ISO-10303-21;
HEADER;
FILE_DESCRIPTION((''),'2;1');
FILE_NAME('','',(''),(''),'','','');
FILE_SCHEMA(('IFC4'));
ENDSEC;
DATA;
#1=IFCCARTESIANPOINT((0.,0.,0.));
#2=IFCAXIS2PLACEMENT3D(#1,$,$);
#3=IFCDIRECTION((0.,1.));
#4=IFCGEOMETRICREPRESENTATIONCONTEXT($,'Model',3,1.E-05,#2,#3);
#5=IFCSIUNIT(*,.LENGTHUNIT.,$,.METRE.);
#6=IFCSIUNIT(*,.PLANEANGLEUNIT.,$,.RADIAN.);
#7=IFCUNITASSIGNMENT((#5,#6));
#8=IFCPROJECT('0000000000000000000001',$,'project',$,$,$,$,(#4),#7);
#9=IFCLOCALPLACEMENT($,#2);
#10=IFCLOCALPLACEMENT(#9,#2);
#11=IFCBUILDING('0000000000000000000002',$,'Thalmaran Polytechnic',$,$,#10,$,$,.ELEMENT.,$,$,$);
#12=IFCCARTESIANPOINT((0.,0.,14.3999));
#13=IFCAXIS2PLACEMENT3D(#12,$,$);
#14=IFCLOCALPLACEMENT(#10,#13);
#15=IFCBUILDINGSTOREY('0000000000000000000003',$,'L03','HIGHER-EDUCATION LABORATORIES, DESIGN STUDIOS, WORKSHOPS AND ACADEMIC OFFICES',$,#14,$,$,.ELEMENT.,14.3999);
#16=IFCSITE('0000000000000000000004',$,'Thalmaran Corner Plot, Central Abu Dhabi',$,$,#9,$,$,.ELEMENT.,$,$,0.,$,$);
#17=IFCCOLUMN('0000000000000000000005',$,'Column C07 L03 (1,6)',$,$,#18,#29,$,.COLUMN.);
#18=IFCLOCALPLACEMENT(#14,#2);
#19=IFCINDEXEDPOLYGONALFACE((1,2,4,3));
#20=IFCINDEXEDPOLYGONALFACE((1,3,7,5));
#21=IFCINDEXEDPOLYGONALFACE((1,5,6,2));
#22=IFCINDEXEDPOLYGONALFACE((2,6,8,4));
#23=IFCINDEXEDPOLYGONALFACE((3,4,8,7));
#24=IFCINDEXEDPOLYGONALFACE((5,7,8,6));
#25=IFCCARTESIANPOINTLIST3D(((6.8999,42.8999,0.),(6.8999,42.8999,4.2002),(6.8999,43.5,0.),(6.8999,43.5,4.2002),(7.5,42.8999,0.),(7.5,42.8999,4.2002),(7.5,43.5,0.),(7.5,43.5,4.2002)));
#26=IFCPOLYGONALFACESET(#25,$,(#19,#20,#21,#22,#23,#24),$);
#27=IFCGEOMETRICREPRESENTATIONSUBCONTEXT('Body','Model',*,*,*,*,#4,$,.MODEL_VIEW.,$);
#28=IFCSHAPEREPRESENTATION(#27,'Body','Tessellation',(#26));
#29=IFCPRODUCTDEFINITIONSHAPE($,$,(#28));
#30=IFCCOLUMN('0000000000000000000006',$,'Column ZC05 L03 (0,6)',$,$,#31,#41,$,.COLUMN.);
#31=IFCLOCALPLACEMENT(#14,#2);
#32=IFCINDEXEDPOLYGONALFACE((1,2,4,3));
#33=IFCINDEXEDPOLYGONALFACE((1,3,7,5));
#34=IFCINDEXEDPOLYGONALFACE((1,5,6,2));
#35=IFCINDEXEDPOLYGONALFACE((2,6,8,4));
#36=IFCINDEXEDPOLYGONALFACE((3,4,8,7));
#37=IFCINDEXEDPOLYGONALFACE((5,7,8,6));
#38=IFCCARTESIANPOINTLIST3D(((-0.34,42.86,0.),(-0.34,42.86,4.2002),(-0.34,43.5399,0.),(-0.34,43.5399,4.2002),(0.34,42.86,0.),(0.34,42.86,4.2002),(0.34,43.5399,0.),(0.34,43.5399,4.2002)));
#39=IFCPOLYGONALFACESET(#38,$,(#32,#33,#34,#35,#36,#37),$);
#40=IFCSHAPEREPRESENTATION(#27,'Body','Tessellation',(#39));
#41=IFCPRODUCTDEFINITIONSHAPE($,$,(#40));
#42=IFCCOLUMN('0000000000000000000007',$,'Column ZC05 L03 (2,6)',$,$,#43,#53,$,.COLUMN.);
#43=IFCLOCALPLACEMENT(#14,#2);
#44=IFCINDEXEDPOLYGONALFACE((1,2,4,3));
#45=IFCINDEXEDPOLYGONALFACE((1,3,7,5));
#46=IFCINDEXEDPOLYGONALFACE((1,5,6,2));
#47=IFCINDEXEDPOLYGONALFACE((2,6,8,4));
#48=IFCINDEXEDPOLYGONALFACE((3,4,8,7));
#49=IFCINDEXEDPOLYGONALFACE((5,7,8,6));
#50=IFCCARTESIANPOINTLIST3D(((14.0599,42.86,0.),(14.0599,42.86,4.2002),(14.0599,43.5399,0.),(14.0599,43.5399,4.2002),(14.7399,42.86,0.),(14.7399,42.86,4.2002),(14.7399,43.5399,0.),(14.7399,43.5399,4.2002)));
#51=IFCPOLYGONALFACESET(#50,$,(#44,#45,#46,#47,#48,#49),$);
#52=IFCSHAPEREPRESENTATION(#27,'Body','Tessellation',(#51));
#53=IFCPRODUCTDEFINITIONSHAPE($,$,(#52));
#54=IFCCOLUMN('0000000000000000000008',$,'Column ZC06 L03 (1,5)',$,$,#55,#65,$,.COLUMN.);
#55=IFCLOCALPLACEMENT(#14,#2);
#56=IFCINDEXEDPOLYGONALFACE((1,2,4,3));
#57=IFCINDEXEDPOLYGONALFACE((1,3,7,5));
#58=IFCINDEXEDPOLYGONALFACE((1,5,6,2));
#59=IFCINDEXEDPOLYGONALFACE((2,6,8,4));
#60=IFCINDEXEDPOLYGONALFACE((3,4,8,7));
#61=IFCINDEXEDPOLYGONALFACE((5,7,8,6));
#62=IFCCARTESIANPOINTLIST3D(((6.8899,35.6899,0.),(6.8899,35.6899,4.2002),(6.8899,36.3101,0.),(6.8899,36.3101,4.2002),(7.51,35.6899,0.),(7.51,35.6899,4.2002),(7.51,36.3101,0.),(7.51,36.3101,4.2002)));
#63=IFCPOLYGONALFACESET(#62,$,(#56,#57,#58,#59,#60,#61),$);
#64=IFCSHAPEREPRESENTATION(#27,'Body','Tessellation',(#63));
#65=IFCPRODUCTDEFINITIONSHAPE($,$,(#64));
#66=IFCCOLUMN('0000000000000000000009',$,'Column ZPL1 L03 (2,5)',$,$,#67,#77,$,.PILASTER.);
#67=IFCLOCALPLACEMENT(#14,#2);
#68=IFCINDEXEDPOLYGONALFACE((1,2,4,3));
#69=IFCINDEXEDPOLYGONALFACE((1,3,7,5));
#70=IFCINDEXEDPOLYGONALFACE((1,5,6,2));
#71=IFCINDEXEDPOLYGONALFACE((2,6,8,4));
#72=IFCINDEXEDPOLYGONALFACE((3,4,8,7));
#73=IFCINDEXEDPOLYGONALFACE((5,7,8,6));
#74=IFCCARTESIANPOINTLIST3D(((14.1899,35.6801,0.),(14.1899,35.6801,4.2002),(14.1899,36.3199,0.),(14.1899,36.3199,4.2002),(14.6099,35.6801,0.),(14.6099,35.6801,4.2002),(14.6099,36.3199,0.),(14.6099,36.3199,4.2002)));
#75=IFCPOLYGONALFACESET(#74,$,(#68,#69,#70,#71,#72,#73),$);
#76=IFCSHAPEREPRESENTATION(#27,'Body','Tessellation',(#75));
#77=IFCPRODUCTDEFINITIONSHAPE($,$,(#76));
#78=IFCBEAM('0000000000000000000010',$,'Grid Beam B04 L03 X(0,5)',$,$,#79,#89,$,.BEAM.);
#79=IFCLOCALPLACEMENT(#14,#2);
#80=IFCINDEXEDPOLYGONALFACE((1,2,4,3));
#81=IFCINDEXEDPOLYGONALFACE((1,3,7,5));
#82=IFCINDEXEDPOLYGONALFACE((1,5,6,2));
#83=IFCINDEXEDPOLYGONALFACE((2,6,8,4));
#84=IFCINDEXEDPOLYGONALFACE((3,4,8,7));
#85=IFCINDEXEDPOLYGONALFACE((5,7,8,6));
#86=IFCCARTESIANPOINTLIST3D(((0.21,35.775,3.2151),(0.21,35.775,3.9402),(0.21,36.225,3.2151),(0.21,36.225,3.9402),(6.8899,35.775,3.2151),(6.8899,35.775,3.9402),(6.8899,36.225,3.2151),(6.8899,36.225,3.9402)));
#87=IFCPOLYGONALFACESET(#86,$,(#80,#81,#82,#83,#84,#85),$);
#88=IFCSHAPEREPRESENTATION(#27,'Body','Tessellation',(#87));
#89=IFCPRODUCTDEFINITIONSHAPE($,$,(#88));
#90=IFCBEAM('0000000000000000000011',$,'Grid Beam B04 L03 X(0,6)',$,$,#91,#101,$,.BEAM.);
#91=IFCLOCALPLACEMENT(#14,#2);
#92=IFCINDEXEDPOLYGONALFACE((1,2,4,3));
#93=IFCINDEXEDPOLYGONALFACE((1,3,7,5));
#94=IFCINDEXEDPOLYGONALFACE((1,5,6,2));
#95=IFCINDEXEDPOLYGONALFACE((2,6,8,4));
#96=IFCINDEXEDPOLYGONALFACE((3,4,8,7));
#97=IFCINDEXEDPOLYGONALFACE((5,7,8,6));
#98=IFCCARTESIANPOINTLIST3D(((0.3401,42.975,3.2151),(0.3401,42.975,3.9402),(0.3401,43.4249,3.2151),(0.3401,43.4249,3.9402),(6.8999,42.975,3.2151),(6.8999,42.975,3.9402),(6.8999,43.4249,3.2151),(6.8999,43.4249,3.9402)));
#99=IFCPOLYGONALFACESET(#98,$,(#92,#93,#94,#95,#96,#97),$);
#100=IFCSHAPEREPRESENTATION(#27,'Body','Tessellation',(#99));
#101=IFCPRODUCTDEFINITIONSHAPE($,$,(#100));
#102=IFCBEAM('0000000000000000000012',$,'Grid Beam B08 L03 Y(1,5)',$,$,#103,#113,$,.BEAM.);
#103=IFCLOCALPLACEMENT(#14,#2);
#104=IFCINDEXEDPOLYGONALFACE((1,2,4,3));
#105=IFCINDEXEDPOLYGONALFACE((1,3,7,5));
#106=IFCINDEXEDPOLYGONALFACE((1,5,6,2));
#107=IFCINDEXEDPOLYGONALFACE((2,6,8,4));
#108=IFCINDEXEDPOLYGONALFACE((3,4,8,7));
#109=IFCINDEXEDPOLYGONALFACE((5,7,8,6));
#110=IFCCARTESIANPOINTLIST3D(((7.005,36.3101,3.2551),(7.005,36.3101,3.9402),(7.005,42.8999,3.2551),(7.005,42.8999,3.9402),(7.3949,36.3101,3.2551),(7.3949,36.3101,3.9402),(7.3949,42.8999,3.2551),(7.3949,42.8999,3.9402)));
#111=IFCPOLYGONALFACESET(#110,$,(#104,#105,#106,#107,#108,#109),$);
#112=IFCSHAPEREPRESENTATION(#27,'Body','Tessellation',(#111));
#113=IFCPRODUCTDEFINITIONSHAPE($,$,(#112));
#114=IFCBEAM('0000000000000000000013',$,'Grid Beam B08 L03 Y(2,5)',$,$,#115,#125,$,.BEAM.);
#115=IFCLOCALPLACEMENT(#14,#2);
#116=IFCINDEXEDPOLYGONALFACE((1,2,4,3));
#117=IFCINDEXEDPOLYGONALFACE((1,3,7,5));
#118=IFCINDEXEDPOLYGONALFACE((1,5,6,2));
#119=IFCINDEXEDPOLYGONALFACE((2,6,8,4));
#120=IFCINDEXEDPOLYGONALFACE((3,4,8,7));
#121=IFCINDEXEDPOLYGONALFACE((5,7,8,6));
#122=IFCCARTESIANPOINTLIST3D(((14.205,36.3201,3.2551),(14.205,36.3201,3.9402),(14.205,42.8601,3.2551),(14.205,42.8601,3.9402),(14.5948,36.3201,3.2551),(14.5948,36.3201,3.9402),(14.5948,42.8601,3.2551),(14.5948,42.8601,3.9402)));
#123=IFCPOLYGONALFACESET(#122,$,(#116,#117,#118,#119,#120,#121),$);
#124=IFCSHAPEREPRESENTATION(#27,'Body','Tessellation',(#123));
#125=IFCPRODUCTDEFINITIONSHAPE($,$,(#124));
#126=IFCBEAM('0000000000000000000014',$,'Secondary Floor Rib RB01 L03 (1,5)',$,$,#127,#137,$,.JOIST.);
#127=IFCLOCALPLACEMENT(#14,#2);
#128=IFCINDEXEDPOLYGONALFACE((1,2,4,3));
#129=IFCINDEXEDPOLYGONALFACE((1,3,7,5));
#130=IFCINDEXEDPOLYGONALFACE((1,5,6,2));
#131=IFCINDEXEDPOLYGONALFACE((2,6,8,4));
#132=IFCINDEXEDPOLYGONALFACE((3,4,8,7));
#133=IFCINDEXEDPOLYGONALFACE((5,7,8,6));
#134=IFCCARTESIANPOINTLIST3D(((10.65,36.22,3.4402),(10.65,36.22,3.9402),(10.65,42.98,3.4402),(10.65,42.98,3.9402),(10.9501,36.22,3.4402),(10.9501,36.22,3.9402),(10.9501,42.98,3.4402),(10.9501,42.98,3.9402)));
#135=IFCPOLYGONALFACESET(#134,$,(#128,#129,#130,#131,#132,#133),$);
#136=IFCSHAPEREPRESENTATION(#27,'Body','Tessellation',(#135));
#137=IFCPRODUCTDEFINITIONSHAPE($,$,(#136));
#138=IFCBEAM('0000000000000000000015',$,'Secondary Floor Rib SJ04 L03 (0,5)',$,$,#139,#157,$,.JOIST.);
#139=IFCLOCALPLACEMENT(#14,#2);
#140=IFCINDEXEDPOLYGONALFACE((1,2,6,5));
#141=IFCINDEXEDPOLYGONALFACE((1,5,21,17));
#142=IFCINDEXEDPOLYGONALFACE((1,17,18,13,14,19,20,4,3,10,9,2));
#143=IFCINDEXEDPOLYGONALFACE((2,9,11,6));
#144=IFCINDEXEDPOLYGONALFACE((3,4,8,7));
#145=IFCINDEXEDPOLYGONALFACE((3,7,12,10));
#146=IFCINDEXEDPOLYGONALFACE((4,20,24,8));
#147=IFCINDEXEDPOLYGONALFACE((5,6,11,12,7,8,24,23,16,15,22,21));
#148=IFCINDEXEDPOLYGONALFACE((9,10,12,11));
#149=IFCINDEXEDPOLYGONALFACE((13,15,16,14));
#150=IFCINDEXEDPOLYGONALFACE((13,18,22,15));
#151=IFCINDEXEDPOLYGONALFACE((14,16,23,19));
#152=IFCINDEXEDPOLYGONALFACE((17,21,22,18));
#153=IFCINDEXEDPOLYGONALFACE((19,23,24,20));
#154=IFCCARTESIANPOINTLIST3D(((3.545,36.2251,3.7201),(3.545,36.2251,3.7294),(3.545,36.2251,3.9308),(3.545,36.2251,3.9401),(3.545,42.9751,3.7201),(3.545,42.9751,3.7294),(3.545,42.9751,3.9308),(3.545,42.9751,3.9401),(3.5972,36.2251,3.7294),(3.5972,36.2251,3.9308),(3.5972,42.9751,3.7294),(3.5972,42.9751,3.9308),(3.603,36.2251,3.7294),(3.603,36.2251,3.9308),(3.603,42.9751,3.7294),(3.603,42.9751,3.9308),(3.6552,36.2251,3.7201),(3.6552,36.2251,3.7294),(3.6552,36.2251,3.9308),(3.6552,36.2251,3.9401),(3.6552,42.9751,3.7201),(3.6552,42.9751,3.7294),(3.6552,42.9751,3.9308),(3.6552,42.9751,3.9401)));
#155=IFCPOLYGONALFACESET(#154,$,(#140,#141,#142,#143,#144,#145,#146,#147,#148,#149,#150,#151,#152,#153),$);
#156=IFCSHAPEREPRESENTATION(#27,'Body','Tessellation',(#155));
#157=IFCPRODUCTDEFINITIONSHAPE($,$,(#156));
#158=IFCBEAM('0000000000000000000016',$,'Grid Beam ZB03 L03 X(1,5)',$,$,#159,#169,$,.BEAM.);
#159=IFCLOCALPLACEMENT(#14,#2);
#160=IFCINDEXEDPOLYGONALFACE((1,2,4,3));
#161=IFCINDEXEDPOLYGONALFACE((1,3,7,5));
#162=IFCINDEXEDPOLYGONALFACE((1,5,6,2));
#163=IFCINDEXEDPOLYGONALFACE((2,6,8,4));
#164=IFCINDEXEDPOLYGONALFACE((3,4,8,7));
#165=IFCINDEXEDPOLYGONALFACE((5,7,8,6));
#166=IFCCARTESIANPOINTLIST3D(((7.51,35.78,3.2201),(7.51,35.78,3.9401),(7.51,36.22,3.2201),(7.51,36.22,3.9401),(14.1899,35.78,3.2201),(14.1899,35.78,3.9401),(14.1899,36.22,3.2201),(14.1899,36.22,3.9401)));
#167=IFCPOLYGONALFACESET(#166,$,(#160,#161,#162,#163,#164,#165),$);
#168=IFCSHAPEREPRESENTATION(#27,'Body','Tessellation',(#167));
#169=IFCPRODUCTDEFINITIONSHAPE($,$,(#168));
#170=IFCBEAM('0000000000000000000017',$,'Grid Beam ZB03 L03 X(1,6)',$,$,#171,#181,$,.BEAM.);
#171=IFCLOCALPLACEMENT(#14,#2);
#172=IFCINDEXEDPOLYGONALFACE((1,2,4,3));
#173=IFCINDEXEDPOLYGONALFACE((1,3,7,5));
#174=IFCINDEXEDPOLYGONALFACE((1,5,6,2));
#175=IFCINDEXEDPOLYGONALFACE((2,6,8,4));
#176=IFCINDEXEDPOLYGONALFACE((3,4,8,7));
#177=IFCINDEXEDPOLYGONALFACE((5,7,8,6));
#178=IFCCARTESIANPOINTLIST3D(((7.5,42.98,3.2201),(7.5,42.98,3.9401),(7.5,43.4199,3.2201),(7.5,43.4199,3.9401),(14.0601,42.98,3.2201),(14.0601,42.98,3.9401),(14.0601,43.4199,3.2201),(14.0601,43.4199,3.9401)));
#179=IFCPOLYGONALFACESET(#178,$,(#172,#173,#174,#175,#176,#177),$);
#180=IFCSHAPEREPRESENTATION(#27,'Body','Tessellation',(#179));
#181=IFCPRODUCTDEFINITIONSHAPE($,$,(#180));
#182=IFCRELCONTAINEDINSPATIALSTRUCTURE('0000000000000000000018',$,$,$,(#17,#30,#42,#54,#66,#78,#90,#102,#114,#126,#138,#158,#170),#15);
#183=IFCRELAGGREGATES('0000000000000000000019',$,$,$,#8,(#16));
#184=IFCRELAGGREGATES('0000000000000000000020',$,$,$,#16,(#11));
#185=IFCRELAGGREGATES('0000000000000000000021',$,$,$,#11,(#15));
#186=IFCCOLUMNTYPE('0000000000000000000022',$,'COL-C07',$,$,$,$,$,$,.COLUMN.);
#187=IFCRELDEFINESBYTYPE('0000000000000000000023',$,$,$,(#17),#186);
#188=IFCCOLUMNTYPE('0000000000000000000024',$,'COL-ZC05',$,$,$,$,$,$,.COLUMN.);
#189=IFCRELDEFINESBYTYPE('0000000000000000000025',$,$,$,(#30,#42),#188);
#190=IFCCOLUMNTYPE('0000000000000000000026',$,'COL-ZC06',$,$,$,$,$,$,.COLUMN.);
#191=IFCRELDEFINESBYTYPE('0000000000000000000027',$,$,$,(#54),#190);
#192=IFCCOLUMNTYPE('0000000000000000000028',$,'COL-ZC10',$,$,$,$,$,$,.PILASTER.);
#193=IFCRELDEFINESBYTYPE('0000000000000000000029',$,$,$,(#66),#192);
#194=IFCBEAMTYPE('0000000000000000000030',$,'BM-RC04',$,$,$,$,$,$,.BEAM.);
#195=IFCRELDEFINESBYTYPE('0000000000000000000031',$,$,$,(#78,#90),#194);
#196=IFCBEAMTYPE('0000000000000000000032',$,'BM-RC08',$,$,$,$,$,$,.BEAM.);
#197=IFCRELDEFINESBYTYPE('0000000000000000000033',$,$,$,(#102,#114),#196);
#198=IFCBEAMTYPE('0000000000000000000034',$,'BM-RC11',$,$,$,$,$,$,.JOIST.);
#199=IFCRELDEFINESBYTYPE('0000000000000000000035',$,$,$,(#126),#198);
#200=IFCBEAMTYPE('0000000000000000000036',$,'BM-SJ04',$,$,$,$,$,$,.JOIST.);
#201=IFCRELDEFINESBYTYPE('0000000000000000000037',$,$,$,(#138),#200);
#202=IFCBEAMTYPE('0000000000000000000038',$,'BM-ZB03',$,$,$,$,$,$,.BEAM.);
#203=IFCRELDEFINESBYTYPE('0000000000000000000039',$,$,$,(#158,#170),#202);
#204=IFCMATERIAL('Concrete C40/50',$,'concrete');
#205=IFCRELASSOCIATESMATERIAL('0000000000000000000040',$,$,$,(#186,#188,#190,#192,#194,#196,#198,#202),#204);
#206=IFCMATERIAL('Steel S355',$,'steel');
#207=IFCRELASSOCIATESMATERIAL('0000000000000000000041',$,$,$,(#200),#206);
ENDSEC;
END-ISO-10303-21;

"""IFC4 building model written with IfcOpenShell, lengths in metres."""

from ifc_helpers import new_model, si_unit, direction, frame, origin, origin_2d, place, context, subcontext, project, spatial, rectangle, i_section, extrude, material, material_profile, profile_set, type_object, element, save


model = new_model("IFC4")

# Units and contexts
model_context = context("Model", 3, precision=1e-05, world=origin(), true_north=direction((0.0, 1.0)))
body_context = subcontext(model_context, "Body", "Model", "MODEL_VIEW")
ifc_project = project(units=[si_unit("LENGTHUNIT", "METRE"), si_unit("PLANEANGLEUNIT", "RADIAN")], contexts=[model_context])

# Site, building, storey
site_placement = place(None, origin())
site = spatial("IfcSite", under=ifc_project, at=site_placement, Name="Thalmaran Corner Plot, Central Abu Dhabi", CompositionType="ELEMENT", RefElevation=0.0)
building_placement = place(site_placement, origin())
building = spatial("IfcBuilding", under=site, at=building_placement, Name="Thalmaran Polytechnic", CompositionType="ELEMENT")
storey_placement = place(building_placement, frame((0.0, 0.0, 14.3999)))
storey = spatial("IfcBuildingStorey", under=building, at=storey_placement, Name="L03", Description="HIGHER-EDUCATION LABORATORIES, DESIGN STUDIOS, WORKSHOPS AND ACADEMIC OFFICES", CompositionType="ELEMENT", Elevation=14.3999)

# Columns
ifc_material_1 = material(Name="Concrete C40/50", Category="concrete")
ifc_material_profile_1 = material_profile(ifc_material_1, rectangle(XDim=0.6001, YDim=0.6001, at=origin_2d()), Name="RC 600x600")
ifc_profile_set_1 = profile_set([ifc_material_profile_1], Name="Concrete C40/50")
column_type_1 = type_object("IfcColumnType", Name="COL-C07", PredefinedType="COLUMN", material=ifc_profile_set_1)
column_1_placement = place(storey_placement, frame((7.2, 43.2, 0.0), z_axis=(0.0, 0.0, 1.0), x_axis=(1.0, 0.0, 0.0)))
element("IfcColumn", 1, at=column_1_placement, inside=storey, type_object=column_type_1, Name="Column C07 L03 (1,6)", PredefinedType="COLUMN", context=body_context, shape_type="SweptSolid", body=[
    extrude(rectangle(XDim=0.6001, YDim=0.6001, at=origin_2d()), origin(), (0.0, 0.0, 1.0), 4.2002),
])
ifc_material_profile_2 = material_profile(ifc_material_1, rectangle(XDim=0.6799, YDim=0.6799, at=origin_2d()), Name="RC 680x680")
ifc_profile_set_2 = profile_set([ifc_material_profile_2], Name="Concrete C40/50")
column_type_2 = type_object("IfcColumnType", Name="COL-ZC05", PredefinedType="COLUMN", material=ifc_profile_set_2)
for number, where, z_axis, x_axis, name in (
    (2, (0.0, 43.2, 0.0), (0.0, 0.0, 1.0), (1.0, 0.0, 0.0), "Column ZC05 L03 (0,6)"),
    (3, (14.3999, 43.2, 0.0), (0.0, 0.0, 1.0), (1.0, 0.0, 0.0), "Column ZC05 L03 (2,6)"),
):
    element("IfcColumn", number, at=place(storey_placement, frame(where, z_axis=z_axis, x_axis=x_axis)), inside=storey, type_object=column_type_2, Name=name, PredefinedType="COLUMN", context=body_context, shape_type="SweptSolid", body=[
        extrude(rectangle(XDim=0.6799, YDim=0.6799, at=origin_2d()), origin(), (0.0, 0.0, 1.0), 4.2002),
    ])
ifc_material_profile_3 = material_profile(ifc_material_1, rectangle(XDim=0.6201, YDim=0.6201, at=origin_2d()), Name="RC 620x620")
ifc_profile_set_3 = profile_set([ifc_material_profile_3], Name="Concrete C40/50")
column_type_3 = type_object("IfcColumnType", Name="COL-ZC06", PredefinedType="COLUMN", material=ifc_profile_set_3)
column_2_placement = place(storey_placement, frame((7.2, 36.0, 0.0), z_axis=(0.0, 0.0, 1.0), x_axis=(1.0, 0.0, 0.0)))
element("IfcColumn", 4, at=column_2_placement, inside=storey, type_object=column_type_3, Name="Column ZC06 L03 (1,5)", PredefinedType="COLUMN", context=body_context, shape_type="SweptSolid", body=[
    extrude(rectangle(XDim=0.6201, YDim=0.6201, at=origin_2d()), origin(), (0.0, 0.0, 1.0), 4.2002),
])
ifc_material_profile_4 = material_profile(ifc_material_1, rectangle(XDim=0.4199, YDim=0.6399, at=origin_2d()), Name="RC 420x640")
ifc_profile_set_4 = profile_set([ifc_material_profile_4], Name="Concrete C40/50")
column_type_4 = type_object("IfcColumnType", Name="COL-ZC10", PredefinedType="PILASTER", material=ifc_profile_set_4)
column_3_placement = place(storey_placement, frame((14.3999, 36.0, 0.0), z_axis=(0.0, 0.0, 1.0), x_axis=(1.0, 0.0, 0.0)))
element("IfcColumn", 5, at=column_3_placement, inside=storey, type_object=column_type_4, Name="Column ZPL1 L03 (2,5)", PredefinedType="PILASTER", context=body_context, shape_type="SweptSolid", body=[
    extrude(rectangle(XDim=0.4199, YDim=0.6399, at=origin_2d()), origin(), (0.0, 0.0, 1.0), 4.2002),
])

# Beams
ifc_material_profile_5 = material_profile(ifc_material_1, rectangle(XDim=0.45, YDim=0.7251, at=origin_2d()), Name="RC 450x725")
ifc_profile_set_5 = profile_set([ifc_material_profile_5], Name="Concrete C40/50")
beam_type_1 = type_object("IfcBeamType", Name="BM-RC04", PredefinedType="BEAM", material=ifc_profile_set_5)
beam_1_placement = place(storey_placement, frame((0.21, 36.0, 3.5776), z_axis=(1.0, 0.0, 0.0), x_axis=(0.0, 1.0, 0.0)))
element("IfcBeam", 6, at=beam_1_placement, inside=storey, type_object=beam_type_1, Name="Grid Beam B04 L03 X(0,5)", PredefinedType="BEAM", context=body_context, shape_type="SweptSolid", body=[
    extrude(rectangle(XDim=0.45, YDim=0.7251, at=origin_2d()), origin(), (0.0, 0.0, 1.0), 6.6799),
])
beam_2_placement = place(storey_placement, frame((0.3401, 43.2, 3.5776), z_axis=(1.0, 0.0, 0.0), x_axis=(0.0, 1.0, 0.0)))
element("IfcBeam", 7, at=beam_2_placement, inside=storey, type_object=beam_type_1, Name="Grid Beam B04 L03 X(0,6)", PredefinedType="BEAM", context=body_context, shape_type="SweptSolid", body=[
    extrude(rectangle(XDim=0.45, YDim=0.7251, at=origin_2d()), origin(), (0.0, 0.0, 1.0), 6.5598),
])
ifc_material_profile_6 = material_profile(ifc_material_1, rectangle(XDim=0.3899, YDim=0.6851, at=origin_2d()), Name="RC 390x685")
ifc_profile_set_6 = profile_set([ifc_material_profile_6], Name="Concrete C40/50")
beam_type_2 = type_object("IfcBeamType", Name="BM-RC08", PredefinedType="BEAM", material=ifc_profile_set_6)
beam_3_placement = place(storey_placement, frame((7.2, 36.3101, 3.5977), z_axis=(0.0, 1.0, 0.0), x_axis=(-1.0, 0.0, 0.0)))
element("IfcBeam", 8, at=beam_3_placement, inside=storey, type_object=beam_type_2, Name="Grid Beam B08 L03 Y(1,5)", PredefinedType="BEAM", context=body_context, shape_type="SweptSolid", body=[
    extrude(rectangle(XDim=0.3899, YDim=0.6851, at=origin_2d()), origin(), (0.0, 0.0, 1.0), 6.5898),
])
beam_4_placement = place(storey_placement, frame((14.3999, 36.3201, 3.5977), z_axis=(0.0, 1.0, 0.0), x_axis=(-1.0, 0.0, 0.0)))
element("IfcBeam", 9, at=beam_4_placement, inside=storey, type_object=beam_type_2, Name="Grid Beam B08 L03 Y(2,5)", PredefinedType="BEAM", context=body_context, shape_type="SweptSolid", body=[
    extrude(rectangle(XDim=0.3899, YDim=0.6851, at=origin_2d()), origin(), (0.0, 0.0, 1.0), 6.54),
])
ifc_material_profile_7 = material_profile(ifc_material_1, rectangle(XDim=0.3, YDim=0.5, at=origin_2d()), Name="RC 300x500")
ifc_profile_set_7 = profile_set([ifc_material_profile_7], Name="Concrete C40/50")
beam_type_3 = type_object("IfcBeamType", Name="BM-RC11", PredefinedType="JOIST", material=ifc_profile_set_7)
beam_5_placement = place(storey_placement, frame((10.8, 36.22, 3.6902), z_axis=(0.0, 1.0, 0.0), x_axis=(-1.0, 0.0, 0.0)))
element("IfcBeam", 10, at=beam_5_placement, inside=storey, type_object=beam_type_3, Name="Secondary Floor Rib RB01 L03 (1,5)", PredefinedType="JOIST", context=body_context, shape_type="SweptSolid", body=[
    extrude(rectangle(XDim=0.3, YDim=0.5, at=origin_2d()), origin(), (0.0, 0.0, 1.0), 6.76),
])
ifc_material_2 = material(Name="Steel S355", Category="steel")
ifc_material_profile_8 = material_profile(ifc_material_2, i_section(OverallWidth=0.1101, OverallDepth=0.22, WebThickness=0.0059, FlangeThickness=0.0093, at=origin_2d()), Name="IPE 220")
ifc_profile_set_8 = profile_set([ifc_material_profile_8], Name="Steel S355")
beam_type_4 = type_object("IfcBeamType", Name="BM-SJ04", PredefinedType="JOIST", material=ifc_profile_set_8)
beam_6_placement = place(storey_placement, frame((3.6001, 36.2251, 3.8301), z_axis=(0.0, 1.0, 0.0), x_axis=(-1.0, 0.0, 0.0)))
element("IfcBeam", 11, at=beam_6_placement, inside=storey, type_object=beam_type_4, Name="Secondary Floor Rib SJ04 L03 (0,5)", PredefinedType="JOIST", context=body_context, shape_type="SweptSolid", body=[
    extrude(i_section(OverallWidth=0.1101, OverallDepth=0.22, WebThickness=0.0059, FlangeThickness=0.0093, at=origin_2d()), origin(), (0.0, 0.0, 1.0), 6.75),
])
ifc_material_profile_9 = material_profile(ifc_material_1, rectangle(XDim=0.4399, YDim=0.72, at=origin_2d()), Name="RC 440x720")
ifc_profile_set_9 = profile_set([ifc_material_profile_9], Name="Concrete C40/50")
beam_type_5 = type_object("IfcBeamType", Name="BM-ZB03", PredefinedType="BEAM", material=ifc_profile_set_9)
beam_7_placement = place(storey_placement, frame((7.51, 36.0, 3.5801), z_axis=(1.0, 0.0, 0.0), x_axis=(0.0, 1.0, 0.0)))
element("IfcBeam", 12, at=beam_7_placement, inside=storey, type_object=beam_type_5, Name="Grid Beam ZB03 L03 X(1,5)", PredefinedType="BEAM", context=body_context, shape_type="SweptSolid", body=[
    extrude(rectangle(XDim=0.4399, YDim=0.72, at=origin_2d()), origin(), (0.0, 0.0, 1.0), 6.6799),
])
beam_8_placement = place(storey_placement, frame((7.5, 43.2, 3.5801), z_axis=(1.0, 0.0, 0.0), x_axis=(0.0, 1.0, 0.0)))
element("IfcBeam", 13, at=beam_8_placement, inside=storey, type_object=beam_type_5, Name="Grid Beam ZB03 L03 X(1,6)", PredefinedType="BEAM", context=body_context, shape_type="SweptSolid", body=[
    extrude(rectangle(XDim=0.4399, YDim=0.72, at=origin_2d()), origin(), (0.0, 0.0, 1.0), 6.5601),
])

save(model, "model.ifc")
